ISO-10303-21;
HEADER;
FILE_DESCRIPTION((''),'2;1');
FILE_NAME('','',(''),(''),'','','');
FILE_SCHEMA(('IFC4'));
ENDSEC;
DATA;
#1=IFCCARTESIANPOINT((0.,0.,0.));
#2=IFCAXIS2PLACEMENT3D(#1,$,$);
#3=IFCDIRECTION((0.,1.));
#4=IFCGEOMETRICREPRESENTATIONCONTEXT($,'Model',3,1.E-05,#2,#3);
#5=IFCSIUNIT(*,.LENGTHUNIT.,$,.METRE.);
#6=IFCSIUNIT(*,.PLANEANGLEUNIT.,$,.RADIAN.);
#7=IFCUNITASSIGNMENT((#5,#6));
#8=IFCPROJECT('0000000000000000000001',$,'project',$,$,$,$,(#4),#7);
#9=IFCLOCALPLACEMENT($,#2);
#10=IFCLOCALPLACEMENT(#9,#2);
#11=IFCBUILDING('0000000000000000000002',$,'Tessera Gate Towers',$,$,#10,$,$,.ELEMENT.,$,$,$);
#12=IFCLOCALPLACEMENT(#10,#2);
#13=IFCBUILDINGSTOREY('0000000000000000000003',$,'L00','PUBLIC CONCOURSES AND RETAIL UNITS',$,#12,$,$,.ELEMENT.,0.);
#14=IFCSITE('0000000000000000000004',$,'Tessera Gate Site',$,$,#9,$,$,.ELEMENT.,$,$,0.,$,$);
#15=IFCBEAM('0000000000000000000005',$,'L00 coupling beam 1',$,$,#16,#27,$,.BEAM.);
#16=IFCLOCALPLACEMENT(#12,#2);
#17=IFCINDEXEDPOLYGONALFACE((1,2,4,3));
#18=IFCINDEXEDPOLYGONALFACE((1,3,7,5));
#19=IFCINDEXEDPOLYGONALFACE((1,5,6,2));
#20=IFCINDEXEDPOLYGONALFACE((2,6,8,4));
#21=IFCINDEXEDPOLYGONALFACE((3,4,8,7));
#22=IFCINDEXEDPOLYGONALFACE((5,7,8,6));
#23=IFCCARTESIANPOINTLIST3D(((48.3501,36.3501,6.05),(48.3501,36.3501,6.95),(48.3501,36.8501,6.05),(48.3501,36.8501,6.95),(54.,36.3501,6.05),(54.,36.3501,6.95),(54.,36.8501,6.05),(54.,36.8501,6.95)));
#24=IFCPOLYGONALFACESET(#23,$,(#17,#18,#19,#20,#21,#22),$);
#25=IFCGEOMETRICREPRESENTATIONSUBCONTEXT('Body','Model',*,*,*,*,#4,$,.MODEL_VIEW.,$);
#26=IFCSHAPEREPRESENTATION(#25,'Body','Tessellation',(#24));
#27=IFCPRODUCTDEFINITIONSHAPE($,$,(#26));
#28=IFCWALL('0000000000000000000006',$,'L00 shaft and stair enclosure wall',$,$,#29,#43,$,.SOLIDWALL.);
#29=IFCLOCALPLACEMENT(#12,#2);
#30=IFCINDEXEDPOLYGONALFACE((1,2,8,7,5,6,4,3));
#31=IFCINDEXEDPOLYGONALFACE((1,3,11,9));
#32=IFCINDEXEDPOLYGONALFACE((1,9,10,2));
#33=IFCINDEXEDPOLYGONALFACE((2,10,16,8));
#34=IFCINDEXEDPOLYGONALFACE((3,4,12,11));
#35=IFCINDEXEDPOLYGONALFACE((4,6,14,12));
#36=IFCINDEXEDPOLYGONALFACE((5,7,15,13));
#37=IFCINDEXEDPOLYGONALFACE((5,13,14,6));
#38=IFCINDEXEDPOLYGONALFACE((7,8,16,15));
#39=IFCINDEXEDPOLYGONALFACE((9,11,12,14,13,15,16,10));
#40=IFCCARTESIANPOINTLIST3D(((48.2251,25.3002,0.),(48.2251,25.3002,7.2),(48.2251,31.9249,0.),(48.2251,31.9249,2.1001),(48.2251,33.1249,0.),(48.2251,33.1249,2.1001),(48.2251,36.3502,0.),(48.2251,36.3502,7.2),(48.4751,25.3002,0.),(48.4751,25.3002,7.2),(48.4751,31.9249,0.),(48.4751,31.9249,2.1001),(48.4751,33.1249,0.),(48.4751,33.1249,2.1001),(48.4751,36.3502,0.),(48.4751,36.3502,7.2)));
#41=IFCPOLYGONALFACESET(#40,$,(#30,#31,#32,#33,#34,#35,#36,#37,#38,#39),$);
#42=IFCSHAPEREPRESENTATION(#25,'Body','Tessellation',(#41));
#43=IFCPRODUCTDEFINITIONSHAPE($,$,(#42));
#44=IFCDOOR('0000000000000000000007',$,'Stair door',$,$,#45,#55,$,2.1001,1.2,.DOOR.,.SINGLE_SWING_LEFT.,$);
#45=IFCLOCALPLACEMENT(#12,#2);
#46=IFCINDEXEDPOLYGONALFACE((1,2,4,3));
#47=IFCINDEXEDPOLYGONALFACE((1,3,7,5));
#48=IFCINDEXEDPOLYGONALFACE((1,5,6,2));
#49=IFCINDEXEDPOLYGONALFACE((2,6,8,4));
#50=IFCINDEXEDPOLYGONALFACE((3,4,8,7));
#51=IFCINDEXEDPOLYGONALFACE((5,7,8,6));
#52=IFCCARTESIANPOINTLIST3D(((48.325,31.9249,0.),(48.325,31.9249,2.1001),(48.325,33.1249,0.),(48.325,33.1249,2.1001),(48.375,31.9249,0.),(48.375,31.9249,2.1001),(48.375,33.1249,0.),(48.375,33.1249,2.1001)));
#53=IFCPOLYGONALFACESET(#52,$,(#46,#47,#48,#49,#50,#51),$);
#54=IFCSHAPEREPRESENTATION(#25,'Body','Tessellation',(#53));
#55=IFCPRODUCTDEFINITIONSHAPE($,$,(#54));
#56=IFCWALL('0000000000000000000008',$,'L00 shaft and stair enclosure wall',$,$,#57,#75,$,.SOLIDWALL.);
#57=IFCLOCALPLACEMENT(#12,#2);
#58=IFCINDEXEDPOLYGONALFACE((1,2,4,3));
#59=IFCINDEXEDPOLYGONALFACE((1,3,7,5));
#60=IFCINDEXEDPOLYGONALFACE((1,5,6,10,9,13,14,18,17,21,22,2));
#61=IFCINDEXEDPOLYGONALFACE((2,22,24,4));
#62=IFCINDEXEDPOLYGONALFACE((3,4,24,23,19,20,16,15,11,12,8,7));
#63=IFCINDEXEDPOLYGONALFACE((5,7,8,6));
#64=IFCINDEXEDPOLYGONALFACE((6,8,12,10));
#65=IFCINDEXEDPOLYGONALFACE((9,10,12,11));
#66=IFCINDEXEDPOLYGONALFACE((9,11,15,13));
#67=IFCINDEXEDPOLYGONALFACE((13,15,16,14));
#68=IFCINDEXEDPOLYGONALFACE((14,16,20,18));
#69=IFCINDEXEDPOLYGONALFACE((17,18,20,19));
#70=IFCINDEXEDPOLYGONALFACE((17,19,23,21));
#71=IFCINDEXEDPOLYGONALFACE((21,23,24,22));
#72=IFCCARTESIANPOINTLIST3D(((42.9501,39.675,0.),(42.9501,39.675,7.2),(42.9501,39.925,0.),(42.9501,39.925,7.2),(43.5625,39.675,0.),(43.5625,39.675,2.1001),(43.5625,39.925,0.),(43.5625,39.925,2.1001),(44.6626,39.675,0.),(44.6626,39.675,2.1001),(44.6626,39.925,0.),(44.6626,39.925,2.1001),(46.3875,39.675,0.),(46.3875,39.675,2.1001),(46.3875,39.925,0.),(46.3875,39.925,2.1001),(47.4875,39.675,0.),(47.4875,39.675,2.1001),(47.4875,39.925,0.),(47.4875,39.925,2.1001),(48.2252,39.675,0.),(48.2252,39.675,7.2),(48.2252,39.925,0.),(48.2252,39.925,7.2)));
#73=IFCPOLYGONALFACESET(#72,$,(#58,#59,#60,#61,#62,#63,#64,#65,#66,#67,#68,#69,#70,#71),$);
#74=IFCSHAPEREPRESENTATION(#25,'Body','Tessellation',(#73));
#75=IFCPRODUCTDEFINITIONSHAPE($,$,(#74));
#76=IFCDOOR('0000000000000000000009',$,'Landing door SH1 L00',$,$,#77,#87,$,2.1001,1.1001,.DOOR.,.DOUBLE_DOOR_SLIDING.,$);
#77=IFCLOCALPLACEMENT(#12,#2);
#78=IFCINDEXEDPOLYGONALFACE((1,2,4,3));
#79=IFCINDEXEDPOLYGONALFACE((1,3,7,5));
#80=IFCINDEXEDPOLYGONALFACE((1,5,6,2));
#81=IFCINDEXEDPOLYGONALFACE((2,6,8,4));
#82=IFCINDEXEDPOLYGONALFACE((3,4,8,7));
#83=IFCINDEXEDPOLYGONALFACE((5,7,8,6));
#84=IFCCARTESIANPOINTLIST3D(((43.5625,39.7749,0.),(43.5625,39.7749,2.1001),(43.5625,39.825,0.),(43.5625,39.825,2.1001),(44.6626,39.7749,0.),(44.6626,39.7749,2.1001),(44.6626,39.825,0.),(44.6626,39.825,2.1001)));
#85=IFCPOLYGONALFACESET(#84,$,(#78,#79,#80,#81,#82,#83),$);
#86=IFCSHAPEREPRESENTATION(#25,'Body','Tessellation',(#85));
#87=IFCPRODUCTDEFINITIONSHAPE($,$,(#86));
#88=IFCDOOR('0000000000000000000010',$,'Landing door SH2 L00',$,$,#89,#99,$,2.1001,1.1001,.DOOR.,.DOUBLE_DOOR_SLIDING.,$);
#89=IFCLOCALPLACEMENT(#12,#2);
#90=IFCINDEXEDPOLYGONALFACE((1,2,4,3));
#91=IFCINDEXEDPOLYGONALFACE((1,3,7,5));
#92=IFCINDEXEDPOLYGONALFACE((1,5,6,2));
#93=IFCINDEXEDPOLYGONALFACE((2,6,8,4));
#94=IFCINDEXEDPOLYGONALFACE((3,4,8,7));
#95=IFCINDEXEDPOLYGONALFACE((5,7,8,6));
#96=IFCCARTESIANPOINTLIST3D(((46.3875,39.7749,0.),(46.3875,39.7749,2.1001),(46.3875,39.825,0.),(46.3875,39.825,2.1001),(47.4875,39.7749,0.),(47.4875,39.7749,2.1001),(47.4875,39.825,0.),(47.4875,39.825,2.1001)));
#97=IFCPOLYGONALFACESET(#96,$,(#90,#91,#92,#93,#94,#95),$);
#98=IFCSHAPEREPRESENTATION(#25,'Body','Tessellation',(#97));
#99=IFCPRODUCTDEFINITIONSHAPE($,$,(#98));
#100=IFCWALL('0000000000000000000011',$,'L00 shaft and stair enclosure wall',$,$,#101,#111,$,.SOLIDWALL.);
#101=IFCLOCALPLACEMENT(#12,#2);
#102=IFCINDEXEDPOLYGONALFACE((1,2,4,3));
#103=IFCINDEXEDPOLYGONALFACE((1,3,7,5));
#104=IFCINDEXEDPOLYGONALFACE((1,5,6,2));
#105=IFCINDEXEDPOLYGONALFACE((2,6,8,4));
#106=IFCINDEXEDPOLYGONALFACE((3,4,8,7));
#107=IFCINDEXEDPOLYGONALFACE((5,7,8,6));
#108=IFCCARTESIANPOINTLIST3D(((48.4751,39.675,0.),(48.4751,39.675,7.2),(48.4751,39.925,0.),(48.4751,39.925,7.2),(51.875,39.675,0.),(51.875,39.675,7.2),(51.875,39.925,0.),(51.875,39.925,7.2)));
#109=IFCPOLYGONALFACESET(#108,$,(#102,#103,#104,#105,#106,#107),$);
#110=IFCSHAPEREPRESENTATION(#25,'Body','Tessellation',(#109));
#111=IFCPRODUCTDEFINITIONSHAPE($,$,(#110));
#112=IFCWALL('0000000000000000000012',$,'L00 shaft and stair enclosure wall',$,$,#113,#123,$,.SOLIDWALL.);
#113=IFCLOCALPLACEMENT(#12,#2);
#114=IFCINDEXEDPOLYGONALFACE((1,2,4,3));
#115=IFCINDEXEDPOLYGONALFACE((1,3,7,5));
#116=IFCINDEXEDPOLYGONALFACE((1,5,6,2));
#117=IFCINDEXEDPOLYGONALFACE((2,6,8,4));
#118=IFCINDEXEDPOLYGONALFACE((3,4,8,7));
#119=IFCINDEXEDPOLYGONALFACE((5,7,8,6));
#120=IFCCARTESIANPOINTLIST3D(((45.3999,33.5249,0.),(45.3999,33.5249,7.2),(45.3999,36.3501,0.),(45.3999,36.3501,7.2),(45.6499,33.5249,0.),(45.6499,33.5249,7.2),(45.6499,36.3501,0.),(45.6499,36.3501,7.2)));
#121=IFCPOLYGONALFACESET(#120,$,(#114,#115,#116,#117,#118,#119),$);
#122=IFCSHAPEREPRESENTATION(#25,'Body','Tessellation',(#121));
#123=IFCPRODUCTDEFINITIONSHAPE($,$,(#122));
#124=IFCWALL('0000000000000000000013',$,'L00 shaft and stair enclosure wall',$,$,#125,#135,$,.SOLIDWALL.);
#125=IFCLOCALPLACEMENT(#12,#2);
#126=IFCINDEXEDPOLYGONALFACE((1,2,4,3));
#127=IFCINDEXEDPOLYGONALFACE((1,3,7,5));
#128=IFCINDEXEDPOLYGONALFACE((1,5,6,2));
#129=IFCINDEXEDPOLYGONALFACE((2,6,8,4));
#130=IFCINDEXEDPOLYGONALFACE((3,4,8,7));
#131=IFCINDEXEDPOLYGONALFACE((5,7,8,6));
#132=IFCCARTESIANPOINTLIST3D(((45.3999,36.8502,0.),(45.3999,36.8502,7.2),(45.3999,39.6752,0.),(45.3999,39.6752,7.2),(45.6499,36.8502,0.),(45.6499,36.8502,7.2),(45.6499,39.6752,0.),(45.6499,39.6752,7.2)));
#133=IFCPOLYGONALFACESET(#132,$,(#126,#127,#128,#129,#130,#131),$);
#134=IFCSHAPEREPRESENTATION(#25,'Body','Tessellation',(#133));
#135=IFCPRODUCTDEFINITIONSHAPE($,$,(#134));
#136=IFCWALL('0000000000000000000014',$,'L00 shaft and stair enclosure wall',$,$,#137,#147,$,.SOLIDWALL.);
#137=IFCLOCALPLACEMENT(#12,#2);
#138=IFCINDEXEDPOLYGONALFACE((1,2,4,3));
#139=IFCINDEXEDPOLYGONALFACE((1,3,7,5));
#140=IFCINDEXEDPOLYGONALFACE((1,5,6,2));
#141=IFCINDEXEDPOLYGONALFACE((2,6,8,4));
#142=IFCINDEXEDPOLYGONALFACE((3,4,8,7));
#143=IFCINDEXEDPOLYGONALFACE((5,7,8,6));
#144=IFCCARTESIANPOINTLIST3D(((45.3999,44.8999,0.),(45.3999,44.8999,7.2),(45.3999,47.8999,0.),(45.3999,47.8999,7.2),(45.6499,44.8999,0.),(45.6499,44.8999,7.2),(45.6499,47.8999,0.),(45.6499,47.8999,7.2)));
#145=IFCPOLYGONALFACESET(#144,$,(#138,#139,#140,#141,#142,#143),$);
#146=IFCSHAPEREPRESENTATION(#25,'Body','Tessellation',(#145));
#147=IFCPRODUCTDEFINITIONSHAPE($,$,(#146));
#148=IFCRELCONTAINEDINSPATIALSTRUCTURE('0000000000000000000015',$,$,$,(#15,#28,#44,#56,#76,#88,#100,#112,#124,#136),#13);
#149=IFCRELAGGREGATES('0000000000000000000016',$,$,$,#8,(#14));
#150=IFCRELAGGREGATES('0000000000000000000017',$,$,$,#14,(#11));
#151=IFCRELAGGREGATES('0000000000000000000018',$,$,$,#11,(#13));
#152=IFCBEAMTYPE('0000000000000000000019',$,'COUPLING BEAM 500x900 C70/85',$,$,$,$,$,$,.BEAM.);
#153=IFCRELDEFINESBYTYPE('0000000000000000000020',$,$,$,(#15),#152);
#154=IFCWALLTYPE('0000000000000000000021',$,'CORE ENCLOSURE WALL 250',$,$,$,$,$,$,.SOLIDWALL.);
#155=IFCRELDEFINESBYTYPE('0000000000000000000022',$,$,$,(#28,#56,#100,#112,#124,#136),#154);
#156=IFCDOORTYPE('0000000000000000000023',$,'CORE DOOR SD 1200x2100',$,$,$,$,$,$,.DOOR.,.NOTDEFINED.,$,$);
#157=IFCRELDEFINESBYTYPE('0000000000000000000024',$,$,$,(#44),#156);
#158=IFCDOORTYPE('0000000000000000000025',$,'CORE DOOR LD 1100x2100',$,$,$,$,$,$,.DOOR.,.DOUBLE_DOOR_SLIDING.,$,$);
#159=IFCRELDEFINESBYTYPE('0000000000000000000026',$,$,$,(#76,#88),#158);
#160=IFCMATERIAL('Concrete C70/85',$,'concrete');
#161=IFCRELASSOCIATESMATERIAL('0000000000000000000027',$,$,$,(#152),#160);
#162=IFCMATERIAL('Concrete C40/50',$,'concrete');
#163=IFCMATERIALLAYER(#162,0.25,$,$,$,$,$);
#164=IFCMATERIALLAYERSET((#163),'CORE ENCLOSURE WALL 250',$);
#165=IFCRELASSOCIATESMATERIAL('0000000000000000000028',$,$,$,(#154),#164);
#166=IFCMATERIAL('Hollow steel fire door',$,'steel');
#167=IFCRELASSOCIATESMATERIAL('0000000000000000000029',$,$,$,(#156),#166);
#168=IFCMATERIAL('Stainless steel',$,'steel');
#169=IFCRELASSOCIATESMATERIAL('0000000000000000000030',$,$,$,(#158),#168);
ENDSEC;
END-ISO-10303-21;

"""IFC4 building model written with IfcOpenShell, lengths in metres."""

from ifc_helpers import new_model, si_unit, direction, frame, frame_2d, origin, origin_2d, place, context, subcontext, project, spatial, rectangle, extrude, source, transform, mapped, material, layer, layer_set, material_profile, profile_set, type_object, element, fill, save


model = new_model("IFC4")

# Units and contexts
model_context = context("Model", 3, precision=1e-05, world=origin(), true_north=direction((0.0, 1.0)))
body_context = subcontext(model_context, "Body", "Model", "MODEL_VIEW")
ifc_project = project(units=[si_unit("LENGTHUNIT", "METRE"), si_unit("PLANEANGLEUNIT", "RADIAN")], contexts=[model_context])

# Site, building, storey
site_placement = place(None, origin())
site = spatial("IfcSite", under=ifc_project, at=site_placement, Name="Tessera Gate Site", CompositionType="ELEMENT", RefElevation=0.0)
building_placement = place(site_placement, origin())
building = spatial("IfcBuilding", under=site, at=building_placement, Name="Tessera Gate Towers", CompositionType="ELEMENT")
storey_placement = place(building_placement, origin())
storey = spatial("IfcBuildingStorey", under=building, at=storey_placement, Name="L00", Description="PUBLIC CONCOURSES AND RETAIL UNITS", CompositionType="ELEMENT", Elevation=0.0)

# Beam
ifc_material_1 = material(Name="Concrete C70/85", Category="concrete")
ifc_material_profile = material_profile(ifc_material_1, rectangle(XDim=0.5, YDim=0.8999, at=origin_2d()), Name="RC 500x900")
ifc_profile_set = profile_set([ifc_material_profile], Name="Concrete C70/85")
beam_type = type_object("IfcBeamType", Name="COUPLING BEAM 500x900 C70/85", PredefinedType="BEAM", material=ifc_profile_set)
beam_placement = place(storey_placement, frame((48.3501, 36.6001, 6.5), z_axis=(1.0, 0.0, 0.0), x_axis=(0.0, 1.0, 0.0)))
element("IfcBeam", 1, at=beam_placement, inside=storey, type_object=beam_type, Name="L00 coupling beam 1", PredefinedType="BEAM", context=body_context, shape_type="SweptSolid", body=[
    extrude(rectangle(XDim=0.5, YDim=0.8999, at=origin_2d()), origin(), (0.0, 0.0, 1.0), 5.6499),
])

# Wall, opening, door
ifc_material_2 = material(Name="Concrete C40/50", Category="concrete")
ifc_layer = layer(ifc_material_2, 0.25)
ifc_layer_set = layer_set([ifc_layer], Name="CORE ENCLOSURE WALL 250")
wall_type = type_object("IfcWallType", Name="CORE ENCLOSURE WALL 250", PredefinedType="SOLIDWALL", material=ifc_layer_set)
wall_1_placement = place(storey_placement, frame((48.3501, 36.3501, 0.0), z_axis=(0.0, 0.0, 1.0), x_axis=(0.0, -1.0, 0.0)))
wall_1 = element("IfcWall", 2, at=wall_1_placement, inside=storey, type_object=wall_type, Name="L00 shaft and stair enclosure wall", PredefinedType="SOLIDWALL", context=body_context, shape_type="SweptSolid", body=[
    extrude(rectangle(XDim=11.05, YDim=0.25, at=frame_2d((5.5249, 0.0))), origin(), (0.0, 0.0, 1.0), 7.2),
])
shared_shape_1 = source(origin(), body_context, "Body", "SweptSolid", [
    extrude(rectangle(XDim=1.2, YDim=2.1001, at=frame_2d((0.6001, 1.05))), frame((0.0, 0.135, 0.0), z_axis=(0.0, -1.0, 0.0), x_axis=(1.0, 0.0, 0.0)), (0.0, 0.0, 1.0), 0.27),
])
opening_1_placement = place(wall_1_placement, frame((3.2251, 0.0, 0.0)))
opening_1 = element("IfcOpeningElement", 3, at=opening_1_placement, cuts=wall_1, PredefinedType="OPENING", context=body_context, shape_type="MappedRepresentation", body=[
    mapped(shared_shape_1, transform((0.0, 0.0, 0.0), scale=1.0)),
])
ifc_material_3 = material(Name="Hollow steel fire door", Category="steel")
door_type_1 = type_object("IfcDoorType", Name="CORE DOOR SD 1200x2100", OperationType="NOTDEFINED", PredefinedType="DOOR", material=ifc_material_3)
shared_shape_2 = source(origin(), body_context, "Body", "SweptSolid", [
    extrude(rectangle(XDim=1.2, YDim=2.1001, at=frame_2d((0.6001, 1.05))), frame((0.0, 0.0249, 0.0), z_axis=(0.0, -1.0, 0.0), x_axis=(1.0, 0.0, 0.0)), (0.0, 0.0, 1.0), 0.05),
])
door_1_placement = place(opening_1_placement, origin())
door_1 = element("IfcDoor", 4, at=door_1_placement, inside=storey, type_object=door_type_1, Name="Stair door", OperationType="SINGLE_SWING_LEFT", OverallHeight=2.1001, OverallWidth=1.2, PredefinedType="DOOR", context=body_context, shape_type="MappedRepresentation", body=[
    mapped(shared_shape_2, transform((0.0, 0.0, 0.0), scale=1.0)),
])
fill(opening_1, door_1)

# Wall, openings, doors
wall_2_placement = place(storey_placement, frame((42.95, 39.8, 0.0), z_axis=(0.0, 0.0, 1.0), x_axis=(1.0, 0.0, 0.0)))
wall_2 = element("IfcWall", 5, at=wall_2_placement, inside=storey, type_object=wall_type, Name="L00 shaft and stair enclosure wall", PredefinedType="SOLIDWALL", context=body_context, shape_type="SweptSolid", body=[
    extrude(rectangle(XDim=5.2751, YDim=0.25, at=frame_2d((2.6377, 0.0))), origin(), (0.0, 0.0, 1.0), 7.2),
])
shared_shape_3 = source(origin(), body_context, "Body", "SweptSolid", [
    extrude(rectangle(XDim=1.1001, YDim=2.1001, at=frame_2d((0.55, 1.05))), frame((0.0, 0.135, 0.0), z_axis=(0.0, -1.0, 0.0), x_axis=(1.0, 0.0, 0.0)), (0.0, 0.0, 1.0), 0.27),
])
opening_2_placement = place(wall_2_placement, frame((0.6125, 0.0, 0.0)))
opening_2 = element("IfcOpeningElement", 6, at=opening_2_placement, cuts=wall_2, PredefinedType="OPENING", context=body_context, shape_type="MappedRepresentation", body=[
    mapped(shared_shape_3, transform((0.0, 0.0, 0.0), scale=1.0)),
])
opening_3_placement = place(wall_2_placement, frame((3.4375, 0.0, 0.0)))
opening_3 = element("IfcOpeningElement", 7, at=opening_3_placement, cuts=wall_2, PredefinedType="OPENING", context=body_context, shape_type="MappedRepresentation", body=[
    mapped(shared_shape_3, transform((0.0, 0.0, 0.0), scale=1.0)),
])
ifc_material_4 = material(Name="Stainless steel", Category="steel")
door_type_2 = type_object("IfcDoorType", Name="CORE DOOR LD 1100x2100", OperationType="DOUBLE_DOOR_SLIDING", PredefinedType="DOOR", material=ifc_material_4)
shared_shape_4 = source(origin(), body_context, "Body", "SweptSolid", [
    extrude(rectangle(XDim=1.1001, YDim=2.1001, at=frame_2d((0.55, 1.05))), frame((0.0, 0.0249, 0.0), z_axis=(0.0, -1.0, 0.0), x_axis=(1.0, 0.0, 0.0)), (0.0, 0.0, 1.0), 0.05),
])
door_2_placement = place(opening_2_placement, origin())
door_2 = element("IfcDoor", 8, at=door_2_placement, inside=storey, type_object=door_type_2, Name="Landing door SH1 L00", OperationType="DOUBLE_DOOR_SLIDING", OverallHeight=2.1001, OverallWidth=1.1001, PredefinedType="DOOR", context=body_context, shape_type="MappedRepresentation", body=[
    mapped(shared_shape_4, transform((0.0, 0.0, 0.0), scale=1.0)),
])
fill(opening_2, door_2)
door_3_placement = place(opening_3_placement, origin())
door_3 = element("IfcDoor", 9, at=door_3_placement, inside=storey, type_object=door_type_2, Name="Landing door SH2 L00", OperationType="DOUBLE_DOOR_SLIDING", OverallHeight=2.1001, OverallWidth=1.1001, PredefinedType="DOOR", context=body_context, shape_type="MappedRepresentation", body=[
    mapped(shared_shape_4, transform((0.0, 0.0, 0.0), scale=1.0)),
])
fill(opening_3, door_3)

# Walls
wall_3_placement = place(storey_placement, frame((48.4751, 39.8, 0.0), z_axis=(0.0, 0.0, 1.0), x_axis=(1.0, 0.0, 0.0)))
element("IfcWall", 10, at=wall_3_placement, inside=storey, type_object=wall_type, Name="L00 shaft and stair enclosure wall", PredefinedType="SOLIDWALL", context=body_context, shape_type="SweptSolid", body=[
    extrude(rectangle(XDim=3.3999, YDim=0.25, at=frame_2d((1.7, 0.0))), origin(), (0.0, 0.0, 1.0), 7.2),
])
wall_4_placement = place(storey_placement, frame((45.5249, 33.5249, 0.0), z_axis=(0.0, 0.0, 1.0), x_axis=(0.0, 1.0, 0.0)))
element("IfcWall", 11, at=wall_4_placement, inside=storey, type_object=wall_type, Name="L00 shaft and stair enclosure wall", PredefinedType="SOLIDWALL", context=body_context, shape_type="SweptSolid", body=[
    extrude(rectangle(XDim=2.8252, YDim=0.25, at=frame_2d((1.4126, 0.0))), origin(), (0.0, 0.0, 1.0), 7.2),
])
wall_5_placement = place(storey_placement, frame((45.5249, 36.8501, 0.0), z_axis=(0.0, 0.0, 1.0), x_axis=(0.0, 1.0, 0.0)))
element("IfcWall", 12, at=wall_5_placement, inside=storey, type_object=wall_type, Name="L00 shaft and stair enclosure wall", PredefinedType="SOLIDWALL", context=body_context, shape_type="SweptSolid", body=[
    extrude(rectangle(XDim=2.825, YDim=0.25, at=frame_2d((1.4126, 0.0))), origin(), (0.0, 0.0, 1.0), 7.2),
])
wall_6_placement = place(storey_placement, frame((45.5249, 44.8999, 0.0), z_axis=(0.0, 0.0, 1.0), x_axis=(0.0, 1.0, 0.0)))
element("IfcWall", 13, at=wall_6_placement, inside=storey, type_object=wall_type, Name="L00 shaft and stair enclosure wall", PredefinedType="SOLIDWALL", context=body_context, shape_type="SweptSolid", body=[
    extrude(rectangle(XDim=3.0, YDim=0.25, at=frame_2d((1.5, 0.0))), origin(), (0.0, 0.0, 1.0), 7.2),
])

save(model, "model.ifc")
